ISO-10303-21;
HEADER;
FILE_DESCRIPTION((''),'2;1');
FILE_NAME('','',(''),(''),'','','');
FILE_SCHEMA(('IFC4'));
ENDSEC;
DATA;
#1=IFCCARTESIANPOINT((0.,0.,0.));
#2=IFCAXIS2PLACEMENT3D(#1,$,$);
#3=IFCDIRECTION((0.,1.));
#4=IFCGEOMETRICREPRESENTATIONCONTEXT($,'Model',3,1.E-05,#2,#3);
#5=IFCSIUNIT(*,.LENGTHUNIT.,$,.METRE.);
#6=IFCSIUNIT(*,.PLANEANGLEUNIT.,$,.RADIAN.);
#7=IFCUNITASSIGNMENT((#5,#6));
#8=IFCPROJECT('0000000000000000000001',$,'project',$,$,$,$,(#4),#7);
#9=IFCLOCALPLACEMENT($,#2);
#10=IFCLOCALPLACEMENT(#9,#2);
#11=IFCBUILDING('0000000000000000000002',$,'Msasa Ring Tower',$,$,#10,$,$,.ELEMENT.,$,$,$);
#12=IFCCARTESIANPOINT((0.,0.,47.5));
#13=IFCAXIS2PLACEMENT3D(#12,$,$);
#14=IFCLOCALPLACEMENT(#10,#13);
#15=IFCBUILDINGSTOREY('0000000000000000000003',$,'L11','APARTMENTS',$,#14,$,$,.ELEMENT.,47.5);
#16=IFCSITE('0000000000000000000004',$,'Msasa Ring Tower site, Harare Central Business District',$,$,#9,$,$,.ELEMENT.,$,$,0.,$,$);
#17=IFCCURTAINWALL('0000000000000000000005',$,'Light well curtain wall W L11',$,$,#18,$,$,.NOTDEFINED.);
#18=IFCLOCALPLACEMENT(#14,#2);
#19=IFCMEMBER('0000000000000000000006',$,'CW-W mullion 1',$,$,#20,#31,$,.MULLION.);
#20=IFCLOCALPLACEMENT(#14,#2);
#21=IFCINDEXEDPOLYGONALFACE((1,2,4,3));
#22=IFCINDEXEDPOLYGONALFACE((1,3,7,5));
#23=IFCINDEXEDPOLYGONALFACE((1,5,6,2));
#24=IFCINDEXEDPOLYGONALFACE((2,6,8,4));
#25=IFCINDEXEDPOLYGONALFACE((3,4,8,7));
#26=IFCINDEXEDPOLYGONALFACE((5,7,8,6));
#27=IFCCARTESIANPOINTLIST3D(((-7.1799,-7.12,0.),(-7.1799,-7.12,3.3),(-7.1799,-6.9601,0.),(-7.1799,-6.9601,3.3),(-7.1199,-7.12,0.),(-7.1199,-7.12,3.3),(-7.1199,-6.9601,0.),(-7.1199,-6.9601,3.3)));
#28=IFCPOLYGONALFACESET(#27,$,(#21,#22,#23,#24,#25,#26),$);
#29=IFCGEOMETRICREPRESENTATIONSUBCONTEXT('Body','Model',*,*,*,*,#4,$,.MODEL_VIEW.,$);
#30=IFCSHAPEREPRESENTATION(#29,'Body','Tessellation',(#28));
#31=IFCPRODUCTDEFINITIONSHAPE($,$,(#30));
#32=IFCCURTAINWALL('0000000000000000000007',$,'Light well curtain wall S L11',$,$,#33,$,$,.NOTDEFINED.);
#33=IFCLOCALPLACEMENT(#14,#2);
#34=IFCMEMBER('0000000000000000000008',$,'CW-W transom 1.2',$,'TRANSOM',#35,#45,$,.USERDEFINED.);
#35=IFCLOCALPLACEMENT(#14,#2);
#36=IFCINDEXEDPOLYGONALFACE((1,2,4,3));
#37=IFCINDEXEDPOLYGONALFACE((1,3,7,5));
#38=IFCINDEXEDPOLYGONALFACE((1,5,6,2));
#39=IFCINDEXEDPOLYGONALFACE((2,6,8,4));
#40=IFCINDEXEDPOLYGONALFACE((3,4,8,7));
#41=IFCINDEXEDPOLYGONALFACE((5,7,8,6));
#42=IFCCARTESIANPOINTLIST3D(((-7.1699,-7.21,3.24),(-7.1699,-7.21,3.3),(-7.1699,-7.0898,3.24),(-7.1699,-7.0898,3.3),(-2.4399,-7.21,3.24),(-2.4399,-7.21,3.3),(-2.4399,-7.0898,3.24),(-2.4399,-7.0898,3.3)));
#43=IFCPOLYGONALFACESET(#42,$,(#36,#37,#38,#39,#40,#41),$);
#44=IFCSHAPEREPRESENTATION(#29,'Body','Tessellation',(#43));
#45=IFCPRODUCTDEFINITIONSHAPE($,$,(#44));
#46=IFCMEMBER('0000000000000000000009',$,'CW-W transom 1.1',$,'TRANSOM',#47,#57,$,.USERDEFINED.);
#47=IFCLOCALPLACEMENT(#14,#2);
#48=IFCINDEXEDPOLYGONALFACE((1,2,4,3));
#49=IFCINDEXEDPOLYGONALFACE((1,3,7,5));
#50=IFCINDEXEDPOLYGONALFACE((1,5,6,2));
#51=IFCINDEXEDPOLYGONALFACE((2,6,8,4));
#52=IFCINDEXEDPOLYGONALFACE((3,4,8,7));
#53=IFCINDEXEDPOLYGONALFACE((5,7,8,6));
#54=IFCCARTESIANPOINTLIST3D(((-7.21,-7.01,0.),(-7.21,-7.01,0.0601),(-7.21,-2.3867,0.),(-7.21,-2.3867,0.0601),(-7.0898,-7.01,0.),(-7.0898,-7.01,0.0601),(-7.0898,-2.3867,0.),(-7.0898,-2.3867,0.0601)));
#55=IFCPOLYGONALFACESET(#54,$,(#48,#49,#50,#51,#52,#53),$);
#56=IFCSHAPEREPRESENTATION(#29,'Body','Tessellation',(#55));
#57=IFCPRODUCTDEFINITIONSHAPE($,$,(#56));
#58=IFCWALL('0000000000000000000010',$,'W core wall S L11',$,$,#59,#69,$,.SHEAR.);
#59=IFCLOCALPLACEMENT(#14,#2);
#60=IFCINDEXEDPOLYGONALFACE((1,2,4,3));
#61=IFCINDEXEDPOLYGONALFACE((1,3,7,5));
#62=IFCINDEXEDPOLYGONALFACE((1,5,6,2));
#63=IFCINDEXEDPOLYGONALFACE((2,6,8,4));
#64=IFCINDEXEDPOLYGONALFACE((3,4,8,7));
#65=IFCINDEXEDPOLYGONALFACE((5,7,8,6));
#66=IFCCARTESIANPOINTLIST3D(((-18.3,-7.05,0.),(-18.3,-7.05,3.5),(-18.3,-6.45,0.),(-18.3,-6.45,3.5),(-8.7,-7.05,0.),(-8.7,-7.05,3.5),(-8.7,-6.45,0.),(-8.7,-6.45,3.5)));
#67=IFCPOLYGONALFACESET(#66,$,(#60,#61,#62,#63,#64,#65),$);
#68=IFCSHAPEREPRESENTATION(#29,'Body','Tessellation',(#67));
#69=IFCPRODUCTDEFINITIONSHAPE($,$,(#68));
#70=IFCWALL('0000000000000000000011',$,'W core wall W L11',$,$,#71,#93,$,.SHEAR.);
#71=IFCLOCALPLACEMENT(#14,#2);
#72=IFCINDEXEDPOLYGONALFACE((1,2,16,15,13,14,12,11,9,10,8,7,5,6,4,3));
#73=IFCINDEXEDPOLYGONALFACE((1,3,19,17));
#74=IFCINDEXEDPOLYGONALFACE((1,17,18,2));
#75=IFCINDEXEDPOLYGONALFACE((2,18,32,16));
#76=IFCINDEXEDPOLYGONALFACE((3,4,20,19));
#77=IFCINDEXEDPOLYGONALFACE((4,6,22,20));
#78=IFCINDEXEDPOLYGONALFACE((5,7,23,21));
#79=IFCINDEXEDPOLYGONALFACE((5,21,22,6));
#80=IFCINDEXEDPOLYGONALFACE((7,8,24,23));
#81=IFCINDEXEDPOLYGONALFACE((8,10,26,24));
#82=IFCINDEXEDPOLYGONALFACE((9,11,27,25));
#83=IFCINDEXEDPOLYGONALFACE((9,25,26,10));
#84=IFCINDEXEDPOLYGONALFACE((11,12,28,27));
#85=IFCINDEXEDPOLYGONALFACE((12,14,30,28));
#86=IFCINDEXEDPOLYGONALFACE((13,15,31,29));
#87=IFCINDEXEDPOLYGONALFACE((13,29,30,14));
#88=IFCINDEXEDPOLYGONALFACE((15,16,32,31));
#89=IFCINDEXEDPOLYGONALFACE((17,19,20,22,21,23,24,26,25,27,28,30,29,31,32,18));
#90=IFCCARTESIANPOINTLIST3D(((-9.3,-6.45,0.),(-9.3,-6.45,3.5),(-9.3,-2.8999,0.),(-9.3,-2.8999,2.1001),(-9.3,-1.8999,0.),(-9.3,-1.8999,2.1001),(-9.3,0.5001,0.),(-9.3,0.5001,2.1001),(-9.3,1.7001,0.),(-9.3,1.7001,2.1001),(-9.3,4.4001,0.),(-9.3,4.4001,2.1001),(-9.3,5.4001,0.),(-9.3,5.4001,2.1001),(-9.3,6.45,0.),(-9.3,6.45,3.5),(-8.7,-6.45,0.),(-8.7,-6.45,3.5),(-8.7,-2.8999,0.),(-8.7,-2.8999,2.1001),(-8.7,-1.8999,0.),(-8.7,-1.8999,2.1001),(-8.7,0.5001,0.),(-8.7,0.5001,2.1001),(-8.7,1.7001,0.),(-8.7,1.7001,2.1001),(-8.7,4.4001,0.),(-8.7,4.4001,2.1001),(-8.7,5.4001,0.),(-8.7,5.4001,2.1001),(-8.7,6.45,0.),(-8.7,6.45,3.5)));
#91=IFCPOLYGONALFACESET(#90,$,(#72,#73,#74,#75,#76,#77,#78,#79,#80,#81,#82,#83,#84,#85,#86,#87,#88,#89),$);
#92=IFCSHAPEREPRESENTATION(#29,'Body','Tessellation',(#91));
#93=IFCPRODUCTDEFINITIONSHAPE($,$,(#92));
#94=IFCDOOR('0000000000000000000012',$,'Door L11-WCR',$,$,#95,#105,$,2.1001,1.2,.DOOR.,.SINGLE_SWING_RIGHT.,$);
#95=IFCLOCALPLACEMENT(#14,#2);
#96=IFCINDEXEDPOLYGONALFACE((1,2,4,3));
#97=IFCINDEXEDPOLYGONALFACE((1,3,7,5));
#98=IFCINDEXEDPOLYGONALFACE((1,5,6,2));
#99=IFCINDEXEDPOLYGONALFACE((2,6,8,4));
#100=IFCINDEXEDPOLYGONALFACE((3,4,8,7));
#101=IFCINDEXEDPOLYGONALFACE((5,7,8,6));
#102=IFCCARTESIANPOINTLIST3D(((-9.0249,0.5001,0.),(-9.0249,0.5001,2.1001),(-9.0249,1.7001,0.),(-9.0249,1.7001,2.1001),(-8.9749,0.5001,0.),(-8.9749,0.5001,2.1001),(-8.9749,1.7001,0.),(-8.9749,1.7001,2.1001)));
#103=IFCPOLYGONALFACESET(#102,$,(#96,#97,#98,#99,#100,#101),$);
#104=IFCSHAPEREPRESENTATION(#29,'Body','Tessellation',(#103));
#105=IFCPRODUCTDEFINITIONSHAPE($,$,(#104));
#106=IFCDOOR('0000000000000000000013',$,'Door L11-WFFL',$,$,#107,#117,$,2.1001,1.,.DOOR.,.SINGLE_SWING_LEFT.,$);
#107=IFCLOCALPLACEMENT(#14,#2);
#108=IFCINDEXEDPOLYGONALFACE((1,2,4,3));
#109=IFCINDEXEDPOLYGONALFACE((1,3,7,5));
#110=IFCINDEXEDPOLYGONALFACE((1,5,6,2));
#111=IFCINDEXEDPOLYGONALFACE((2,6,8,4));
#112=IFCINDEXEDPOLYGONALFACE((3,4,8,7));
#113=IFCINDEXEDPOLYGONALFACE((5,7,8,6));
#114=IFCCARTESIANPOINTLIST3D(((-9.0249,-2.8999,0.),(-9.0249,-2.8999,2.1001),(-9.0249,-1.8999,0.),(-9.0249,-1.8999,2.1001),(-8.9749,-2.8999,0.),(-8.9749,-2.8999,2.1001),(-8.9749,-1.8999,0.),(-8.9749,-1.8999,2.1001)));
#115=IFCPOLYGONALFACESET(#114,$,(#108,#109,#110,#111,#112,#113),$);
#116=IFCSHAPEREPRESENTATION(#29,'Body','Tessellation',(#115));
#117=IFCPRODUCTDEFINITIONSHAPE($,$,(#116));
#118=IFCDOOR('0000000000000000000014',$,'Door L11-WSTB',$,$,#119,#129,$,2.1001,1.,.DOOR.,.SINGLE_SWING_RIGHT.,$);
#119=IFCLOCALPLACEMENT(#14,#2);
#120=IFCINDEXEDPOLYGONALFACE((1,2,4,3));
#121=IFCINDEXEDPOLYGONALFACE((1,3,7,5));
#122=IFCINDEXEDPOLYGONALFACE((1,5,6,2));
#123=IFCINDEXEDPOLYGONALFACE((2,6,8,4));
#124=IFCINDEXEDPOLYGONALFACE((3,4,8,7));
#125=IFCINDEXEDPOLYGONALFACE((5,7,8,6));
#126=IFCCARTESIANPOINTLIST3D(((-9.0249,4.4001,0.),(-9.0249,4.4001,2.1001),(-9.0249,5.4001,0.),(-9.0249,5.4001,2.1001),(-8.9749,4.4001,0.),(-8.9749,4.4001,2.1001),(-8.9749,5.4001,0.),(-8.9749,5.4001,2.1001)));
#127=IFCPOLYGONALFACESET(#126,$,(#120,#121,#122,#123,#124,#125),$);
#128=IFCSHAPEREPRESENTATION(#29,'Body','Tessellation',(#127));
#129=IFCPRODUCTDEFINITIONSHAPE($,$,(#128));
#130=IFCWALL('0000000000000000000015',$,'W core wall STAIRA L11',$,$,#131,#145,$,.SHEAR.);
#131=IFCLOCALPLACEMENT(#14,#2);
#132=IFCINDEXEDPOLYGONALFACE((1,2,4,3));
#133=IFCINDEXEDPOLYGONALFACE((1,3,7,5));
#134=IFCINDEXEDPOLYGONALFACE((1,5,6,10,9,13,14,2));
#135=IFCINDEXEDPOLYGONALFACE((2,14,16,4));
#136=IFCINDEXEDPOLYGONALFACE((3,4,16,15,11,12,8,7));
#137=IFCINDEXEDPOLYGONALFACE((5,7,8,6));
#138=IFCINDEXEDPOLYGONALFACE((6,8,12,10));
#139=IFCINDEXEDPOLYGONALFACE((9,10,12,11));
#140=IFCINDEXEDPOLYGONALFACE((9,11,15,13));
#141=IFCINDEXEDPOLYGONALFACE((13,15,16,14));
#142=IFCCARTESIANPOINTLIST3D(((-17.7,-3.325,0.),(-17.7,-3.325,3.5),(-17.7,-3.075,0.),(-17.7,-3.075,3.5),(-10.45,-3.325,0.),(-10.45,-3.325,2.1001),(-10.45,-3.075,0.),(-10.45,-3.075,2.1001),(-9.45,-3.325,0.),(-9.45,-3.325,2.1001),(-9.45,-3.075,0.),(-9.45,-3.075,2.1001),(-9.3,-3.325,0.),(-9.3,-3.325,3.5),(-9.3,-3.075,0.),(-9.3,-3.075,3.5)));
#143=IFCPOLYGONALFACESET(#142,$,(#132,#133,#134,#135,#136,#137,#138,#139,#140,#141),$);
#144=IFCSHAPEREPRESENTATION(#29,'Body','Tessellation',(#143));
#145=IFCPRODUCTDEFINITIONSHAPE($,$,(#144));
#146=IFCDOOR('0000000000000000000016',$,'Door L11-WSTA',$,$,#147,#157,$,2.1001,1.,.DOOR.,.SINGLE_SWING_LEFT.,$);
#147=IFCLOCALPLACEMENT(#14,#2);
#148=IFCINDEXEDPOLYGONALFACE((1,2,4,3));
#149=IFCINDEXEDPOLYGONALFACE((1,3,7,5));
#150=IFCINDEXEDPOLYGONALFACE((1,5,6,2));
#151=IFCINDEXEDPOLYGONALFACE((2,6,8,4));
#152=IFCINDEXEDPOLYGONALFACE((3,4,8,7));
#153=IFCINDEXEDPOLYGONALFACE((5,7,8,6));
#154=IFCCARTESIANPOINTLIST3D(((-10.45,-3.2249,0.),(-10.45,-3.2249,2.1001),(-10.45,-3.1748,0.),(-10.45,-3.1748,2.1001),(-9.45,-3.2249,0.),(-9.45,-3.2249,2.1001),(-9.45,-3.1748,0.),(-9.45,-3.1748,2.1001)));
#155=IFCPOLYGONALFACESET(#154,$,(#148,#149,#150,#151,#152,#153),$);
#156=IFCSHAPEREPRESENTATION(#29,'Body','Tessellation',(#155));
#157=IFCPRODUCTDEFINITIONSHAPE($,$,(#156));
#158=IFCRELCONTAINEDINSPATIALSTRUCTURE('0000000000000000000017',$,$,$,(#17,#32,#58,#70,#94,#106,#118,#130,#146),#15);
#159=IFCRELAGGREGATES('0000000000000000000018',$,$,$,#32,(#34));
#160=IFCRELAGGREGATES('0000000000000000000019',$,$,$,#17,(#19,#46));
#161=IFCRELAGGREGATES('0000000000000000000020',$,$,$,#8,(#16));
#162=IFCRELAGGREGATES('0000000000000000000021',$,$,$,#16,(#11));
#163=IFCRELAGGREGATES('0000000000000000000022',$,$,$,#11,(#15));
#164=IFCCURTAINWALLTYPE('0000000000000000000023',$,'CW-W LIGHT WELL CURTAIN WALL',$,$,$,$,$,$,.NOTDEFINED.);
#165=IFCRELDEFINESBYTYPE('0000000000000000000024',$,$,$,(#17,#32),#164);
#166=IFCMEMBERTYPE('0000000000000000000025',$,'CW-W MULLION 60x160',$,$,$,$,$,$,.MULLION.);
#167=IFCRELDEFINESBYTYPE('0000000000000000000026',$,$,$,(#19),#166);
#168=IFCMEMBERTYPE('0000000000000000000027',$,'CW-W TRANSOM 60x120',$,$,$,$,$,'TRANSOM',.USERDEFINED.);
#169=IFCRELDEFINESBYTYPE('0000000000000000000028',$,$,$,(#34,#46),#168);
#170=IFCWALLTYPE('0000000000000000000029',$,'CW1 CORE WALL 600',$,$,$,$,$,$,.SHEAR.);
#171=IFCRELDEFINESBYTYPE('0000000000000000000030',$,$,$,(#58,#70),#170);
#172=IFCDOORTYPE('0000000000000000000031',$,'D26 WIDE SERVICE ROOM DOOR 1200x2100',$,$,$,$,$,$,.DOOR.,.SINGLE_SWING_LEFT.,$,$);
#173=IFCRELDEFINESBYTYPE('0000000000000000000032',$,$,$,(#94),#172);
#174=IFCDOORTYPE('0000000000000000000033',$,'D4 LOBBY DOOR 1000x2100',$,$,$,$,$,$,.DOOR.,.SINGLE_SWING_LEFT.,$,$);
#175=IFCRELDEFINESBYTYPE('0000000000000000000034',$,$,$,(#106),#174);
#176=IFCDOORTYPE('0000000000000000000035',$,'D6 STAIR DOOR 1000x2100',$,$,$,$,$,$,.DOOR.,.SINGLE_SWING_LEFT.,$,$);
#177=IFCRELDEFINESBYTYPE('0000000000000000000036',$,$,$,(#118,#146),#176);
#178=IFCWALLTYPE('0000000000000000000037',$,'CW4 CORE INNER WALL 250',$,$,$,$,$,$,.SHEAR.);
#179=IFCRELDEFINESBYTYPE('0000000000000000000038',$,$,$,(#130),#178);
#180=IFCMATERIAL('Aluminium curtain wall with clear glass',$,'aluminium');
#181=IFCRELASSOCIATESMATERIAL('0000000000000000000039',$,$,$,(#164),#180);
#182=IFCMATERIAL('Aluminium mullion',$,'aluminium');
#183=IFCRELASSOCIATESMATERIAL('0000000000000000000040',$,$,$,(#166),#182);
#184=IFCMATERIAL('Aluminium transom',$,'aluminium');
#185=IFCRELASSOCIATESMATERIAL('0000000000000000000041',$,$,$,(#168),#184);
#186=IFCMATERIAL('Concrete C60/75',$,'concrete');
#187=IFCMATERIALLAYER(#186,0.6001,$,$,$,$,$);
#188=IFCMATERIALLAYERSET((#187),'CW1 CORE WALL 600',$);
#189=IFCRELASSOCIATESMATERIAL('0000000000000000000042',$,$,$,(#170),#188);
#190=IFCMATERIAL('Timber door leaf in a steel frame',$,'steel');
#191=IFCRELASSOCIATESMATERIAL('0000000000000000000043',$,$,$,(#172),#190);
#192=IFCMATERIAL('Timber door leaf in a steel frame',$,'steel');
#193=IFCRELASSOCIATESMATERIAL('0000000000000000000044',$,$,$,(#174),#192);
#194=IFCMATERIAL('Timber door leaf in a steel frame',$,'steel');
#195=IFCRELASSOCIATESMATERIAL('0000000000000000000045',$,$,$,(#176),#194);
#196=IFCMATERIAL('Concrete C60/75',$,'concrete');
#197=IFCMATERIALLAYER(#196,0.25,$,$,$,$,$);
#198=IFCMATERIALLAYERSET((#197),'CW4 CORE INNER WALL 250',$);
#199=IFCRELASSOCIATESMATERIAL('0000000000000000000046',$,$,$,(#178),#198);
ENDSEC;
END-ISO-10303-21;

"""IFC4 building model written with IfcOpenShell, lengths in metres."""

from ifc_helpers import new_model, si_unit, direction, frame, frame_2d, origin, origin_2d, place, context, subcontext, project, spatial, rectangle, extrude, material, layer, layer_set, material_profile, profile_set, type_object, element, fill, aggregate, save


model = new_model("IFC4")

# Units and contexts
model_context = context("Model", 3, precision=1e-05, world=origin(), true_north=direction((0.0, 1.0)))
body_context = subcontext(model_context, "Body", "Model", "MODEL_VIEW")
ifc_project = project(units=[si_unit("LENGTHUNIT", "METRE"), si_unit("PLANEANGLEUNIT", "RADIAN")], contexts=[model_context])

# Site, building, storey
site_placement = place(None, origin())
site = spatial("IfcSite", under=ifc_project, at=site_placement, Name="Msasa Ring Tower site, Harare Central Business District", CompositionType="ELEMENT", RefElevation=0.0)
building_placement = place(site_placement, origin())
building = spatial("IfcBuilding", under=site, at=building_placement, Name="Msasa Ring Tower", CompositionType="ELEMENT")
storey_placement = place(building_placement, frame((0.0, 0.0, 47.5)))
storey = spatial("IfcBuildingStorey", under=building, at=storey_placement, Name="L11", Description="APARTMENTS", CompositionType="ELEMENT", Elevation=47.5)

# Curtain walls, members
ifc_material_1 = material(Name="Aluminium curtain wall with clear glass", Category="aluminium")
curtain_wall_type = type_object("IfcCurtainWallType", Name="CW-W LIGHT WELL CURTAIN WALL", PredefinedType="NOTDEFINED", material=ifc_material_1)
curtain_wall_1_placement = place(storey_placement, origin())
curtain_wall_1 = element("IfcCurtainWall", 1, at=curtain_wall_1_placement, inside=storey, type_object=curtain_wall_type, Name="Light well curtain wall W L11", PredefinedType="NOTDEFINED")
ifc_material_2 = material(Name="Aluminium mullion", Category="aluminium")
ifc_material_profile_1 = material_profile(ifc_material_2, rectangle(XDim=0.0601, YDim=0.1599, at=origin_2d()), Name="AL 60x160")
ifc_profile_set_1 = profile_set([ifc_material_profile_1], Name="Aluminium mullion")
member_type_1 = type_object("IfcMemberType", Name="CW-W MULLION 60x160", PredefinedType="MULLION", material=ifc_profile_set_1)
member_1_placement = place(storey_placement, frame((-7.1499, -7.04, 0.0), z_axis=(0.0, 0.0, 1.0), x_axis=(-1.0, 0.0, 0.0)))
member_1 = element("IfcMember", 2, at=member_1_placement, type_object=member_type_1, Name="CW-W mullion 1", PredefinedType="MULLION", context=body_context, shape_type="SweptSolid", body=[
    extrude(rectangle(XDim=0.0601, YDim=0.1599, at=origin_2d()), origin(), (0.0, 0.0, 1.0), 3.3),
])
curtain_wall_2_placement = place(storey_placement, origin())
curtain_wall_2 = element("IfcCurtainWall", 3, at=curtain_wall_2_placement, inside=storey, type_object=curtain_wall_type, Name="Light well curtain wall S L11", PredefinedType="NOTDEFINED")
ifc_material_3 = material(Name="Aluminium transom", Category="aluminium")
ifc_material_profile_2 = material_profile(ifc_material_3, rectangle(XDim=0.1201, YDim=0.0601, at=origin_2d()), Name="AL 60x120")
ifc_profile_set_2 = profile_set([ifc_material_profile_2], Name="Aluminium transom")
member_type_2 = type_object("IfcMemberType", Name="CW-W TRANSOM 60x120", ElementType="TRANSOM", PredefinedType="USERDEFINED", material=ifc_profile_set_2)
member_2_placement = place(storey_placement, frame((-7.1699, -7.1499, 3.27), z_axis=(1.0, 0.0, 0.0), x_axis=(0.0, 1.0, 0.0)))
member_2 = element("IfcMember", 4, at=member_2_placement, type_object=member_type_2, Name="CW-W transom 1.2", ObjectType="TRANSOM", PredefinedType="USERDEFINED", context=body_context, shape_type="SweptSolid", body=[
    extrude(rectangle(XDim=0.1201, YDim=0.0601, at=origin_2d()), origin(), (0.0, 0.0, 1.0), 4.73),
])
aggregate(curtain_wall_2, [member_2])

# Member
member_3_placement = place(storey_placement, frame((-7.1499, -7.01, 0.03), z_axis=(0.0, 1.0, 0.0), x_axis=(-1.0, 0.0, 0.0)))
member_3 = element("IfcMember", 5, at=member_3_placement, type_object=member_type_2, Name="CW-W transom 1.1", ObjectType="TRANSOM", PredefinedType="USERDEFINED", context=body_context, shape_type="SweptSolid", body=[
    extrude(rectangle(XDim=0.1201, YDim=0.0601, at=origin_2d()), origin(), (0.0, 0.0, 1.0), 4.6233),
])
aggregate(curtain_wall_1, [member_1, member_3])

# Wall
ifc_material_4 = material(Name="Concrete C60/75", Category="concrete")
ifc_layer_1 = layer(ifc_material_4, 0.6001)
ifc_layer_set_1 = layer_set([ifc_layer_1], Name="CW1 CORE WALL 600")
wall_type_1 = type_object("IfcWallType", Name="CW1 CORE WALL 600", PredefinedType="SHEAR", material=ifc_layer_set_1)
wall_1_placement = place(storey_placement, frame((-8.7, -6.75, 0.0), z_axis=(0.0, 0.0, 1.0), x_axis=(-1.0, 0.0, 0.0)))
element("IfcWall", 6, at=wall_1_placement, inside=storey, type_object=wall_type_1, Name="W core wall S L11", PredefinedType="SHEAR", context=body_context, shape_type="SweptSolid", body=[
    extrude(rectangle(XDim=9.6001, YDim=0.6001, at=frame_2d((4.8, 0.0))), origin(), (0.0, 0.0, 1.0), 3.5),
])

# Wall, openings, doors
wall_2_placement = place(storey_placement, frame((-9.0, -6.45, 0.0), z_axis=(0.0, 0.0, 1.0), x_axis=(0.0, 1.0, 0.0)))
wall_2 = element("IfcWall", 7, at=wall_2_placement, inside=storey, type_object=wall_type_1, Name="W core wall W L11", PredefinedType="SHEAR", context=body_context, shape_type="SweptSolid", body=[
    extrude(rectangle(XDim=12.8999, YDim=0.6001, at=frame_2d((6.45, 0.0))), origin(), (0.0, 0.0, 1.0), 3.5),
])
opening_1_placement = place(wall_2_placement, frame((3.55, 0.0, 0.0)))
opening_1 = element("IfcOpeningElement", 8, at=opening_1_placement, cuts=wall_2, PredefinedType="OPENING", context=body_context, shape_type="SweptSolid", body=[
    extrude(rectangle(XDim=1.0, YDim=2.1001, at=frame_2d((0.5, 1.05))), frame((0.0, 0.3101, 0.0), z_axis=(0.0, -1.0, 0.0), x_axis=(1.0, 0.0, 0.0)), (0.0, 0.0, 1.0), 0.6201),
])
opening_2_placement = place(wall_2_placement, frame((6.95, 0.0, 0.0)))
opening_2 = element("IfcOpeningElement", 9, at=opening_2_placement, cuts=wall_2, PredefinedType="OPENING", context=body_context, shape_type="SweptSolid", body=[
    extrude(rectangle(XDim=1.2, YDim=2.1001, at=frame_2d((0.6001, 1.05))), frame((0.0, 0.3101, 0.0), z_axis=(0.0, -1.0, 0.0), x_axis=(1.0, 0.0, 0.0)), (0.0, 0.0, 1.0), 0.6201),
])
opening_3_placement = place(wall_2_placement, frame((10.8501, 0.0, 0.0)))
opening_3 = element("IfcOpeningElement", 10, at=opening_3_placement, cuts=wall_2, PredefinedType="OPENING", context=body_context, shape_type="SweptSolid", body=[
    extrude(rectangle(XDim=1.0, YDim=2.1001, at=frame_2d((0.5, 1.05))), frame((0.0, 0.3101, 0.0), z_axis=(0.0, -1.0, 0.0), x_axis=(1.0, 0.0, 0.0)), (0.0, 0.0, 1.0), 0.6201),
])
ifc_material_5 = material(Name="Timber door leaf in a steel frame", Category="steel")
door_type_1 = type_object("IfcDoorType", Name="D26 WIDE SERVICE ROOM DOOR 1200x2100", OperationType="SINGLE_SWING_LEFT", PredefinedType="DOOR", material=ifc_material_5)
door_1_placement = place(opening_2_placement, origin())
door_1 = element("IfcDoor", 11, at=door_1_placement, inside=storey, type_object=door_type_1, Name="Door L11-WCR", OperationType="SINGLE_SWING_RIGHT", OverallHeight=2.1001, OverallWidth=1.2, PredefinedType="DOOR", context=body_context, shape_type="SweptSolid", body=[
    extrude(rectangle(XDim=1.2, YDim=2.1001, at=frame_2d((0.6001, 1.05))), frame((0.0, 0.0249, 0.0), z_axis=(0.0, -1.0, 0.0), x_axis=(1.0, 0.0, 0.0)), (0.0, 0.0, 1.0), 0.05),
])
fill(opening_2, door_1)
ifc_material_6 = material(Name="Timber door leaf in a steel frame", Category="steel")
door_type_2 = type_object("IfcDoorType", Name="D4 LOBBY DOOR 1000x2100", OperationType="SINGLE_SWING_LEFT", PredefinedType="DOOR", material=ifc_material_6)
door_2_placement = place(opening_1_placement, origin())
door_2 = element("IfcDoor", 12, at=door_2_placement, inside=storey, type_object=door_type_2, Name="Door L11-WFFL", OperationType="SINGLE_SWING_LEFT", OverallHeight=2.1001, OverallWidth=1.0, PredefinedType="DOOR", context=body_context, shape_type="SweptSolid", body=[
    extrude(rectangle(XDim=1.0, YDim=2.1001, at=frame_2d((0.5, 1.05))), frame((0.0, 0.0249, 0.0), z_axis=(0.0, -1.0, 0.0), x_axis=(1.0, 0.0, 0.0)), (0.0, 0.0, 1.0), 0.05),
])
fill(opening_1, door_2)
ifc_material_7 = material(Name="Timber door leaf in a steel frame", Category="steel")
door_type_3 = type_object("IfcDoorType", Name="D6 STAIR DOOR 1000x2100", OperationType="SINGLE_SWING_LEFT", PredefinedType="DOOR", material=ifc_material_7)
door_3_placement = place(opening_3_placement, origin())
door_3 = element("IfcDoor", 13, at=door_3_placement, inside=storey, type_object=door_type_3, Name="Door L11-WSTB", OperationType="SINGLE_SWING_RIGHT", OverallHeight=2.1001, OverallWidth=1.0, PredefinedType="DOOR", context=body_context, shape_type="SweptSolid", body=[
    extrude(rectangle(XDim=1.0, YDim=2.1001, at=frame_2d((0.5, 1.05))), frame((0.0, 0.0249, 0.0), z_axis=(0.0, -1.0, 0.0), x_axis=(1.0, 0.0, 0.0)), (0.0, 0.0, 1.0), 0.05),
])
fill(opening_3, door_3)

# Wall, opening, door
ifc_material_8 = material(Name="Concrete C60/75", Category="concrete")
ifc_layer_2 = layer(ifc_material_8, 0.25)
ifc_layer_set_2 = layer_set([ifc_layer_2], Name="CW4 CORE INNER WALL 250")
wall_type_2 = type_object("IfcWallType", Name="CW4 CORE INNER WALL 250", PredefinedType="SHEAR", material=ifc_layer_set_2)
wall_3_placement = place(storey_placement, frame((-9.3, -3.2, 0.0), z_axis=(0.0, 0.0, 1.0), x_axis=(-1.0, 0.0, 0.0)))
wall_3 = element("IfcWall", 14, at=wall_3_placement, inside=storey, type_object=wall_type_2, Name="W core wall STAIRA L11", PredefinedType="SHEAR", context=body_context, shape_type="SweptSolid", body=[
    extrude(rectangle(XDim=8.3999, YDim=0.25, at=frame_2d((4.2, 0.0))), origin(), (0.0, 0.0, 1.0), 3.5),
])
opening_4_placement = place(wall_3_placement, frame((0.1499, 0.0, 0.0)))
opening_4 = element("IfcOpeningElement", 15, at=opening_4_placement, cuts=wall_3, PredefinedType="OPENING", context=body_context, shape_type="SweptSolid", body=[
    extrude(rectangle(XDim=1.0, YDim=2.1001, at=frame_2d((0.5, 1.05))), frame((0.0, 0.135, 0.0), z_axis=(0.0, -1.0, 0.0), x_axis=(1.0, 0.0, 0.0)), (0.0, 0.0, 1.0), 0.27),
])
door_4_placement = place(opening_4_placement, origin())
door_4 = element("IfcDoor", 16, at=door_4_placement, inside=storey, type_object=door_type_3, Name="Door L11-WSTA", OperationType="SINGLE_SWING_LEFT", OverallHeight=2.1001, OverallWidth=1.0, PredefinedType="DOOR", context=body_context, shape_type="SweptSolid", body=[
    extrude(rectangle(XDim=1.0, YDim=2.1001, at=frame_2d((0.5, 1.05))), frame((0.0, 0.0249, 0.0), z_axis=(0.0, -1.0, 0.0), x_axis=(1.0, 0.0, 0.0)), (0.0, 0.0, 1.0), 0.05),
])
fill(opening_4, door_4)

save(model, "model.ifc")
